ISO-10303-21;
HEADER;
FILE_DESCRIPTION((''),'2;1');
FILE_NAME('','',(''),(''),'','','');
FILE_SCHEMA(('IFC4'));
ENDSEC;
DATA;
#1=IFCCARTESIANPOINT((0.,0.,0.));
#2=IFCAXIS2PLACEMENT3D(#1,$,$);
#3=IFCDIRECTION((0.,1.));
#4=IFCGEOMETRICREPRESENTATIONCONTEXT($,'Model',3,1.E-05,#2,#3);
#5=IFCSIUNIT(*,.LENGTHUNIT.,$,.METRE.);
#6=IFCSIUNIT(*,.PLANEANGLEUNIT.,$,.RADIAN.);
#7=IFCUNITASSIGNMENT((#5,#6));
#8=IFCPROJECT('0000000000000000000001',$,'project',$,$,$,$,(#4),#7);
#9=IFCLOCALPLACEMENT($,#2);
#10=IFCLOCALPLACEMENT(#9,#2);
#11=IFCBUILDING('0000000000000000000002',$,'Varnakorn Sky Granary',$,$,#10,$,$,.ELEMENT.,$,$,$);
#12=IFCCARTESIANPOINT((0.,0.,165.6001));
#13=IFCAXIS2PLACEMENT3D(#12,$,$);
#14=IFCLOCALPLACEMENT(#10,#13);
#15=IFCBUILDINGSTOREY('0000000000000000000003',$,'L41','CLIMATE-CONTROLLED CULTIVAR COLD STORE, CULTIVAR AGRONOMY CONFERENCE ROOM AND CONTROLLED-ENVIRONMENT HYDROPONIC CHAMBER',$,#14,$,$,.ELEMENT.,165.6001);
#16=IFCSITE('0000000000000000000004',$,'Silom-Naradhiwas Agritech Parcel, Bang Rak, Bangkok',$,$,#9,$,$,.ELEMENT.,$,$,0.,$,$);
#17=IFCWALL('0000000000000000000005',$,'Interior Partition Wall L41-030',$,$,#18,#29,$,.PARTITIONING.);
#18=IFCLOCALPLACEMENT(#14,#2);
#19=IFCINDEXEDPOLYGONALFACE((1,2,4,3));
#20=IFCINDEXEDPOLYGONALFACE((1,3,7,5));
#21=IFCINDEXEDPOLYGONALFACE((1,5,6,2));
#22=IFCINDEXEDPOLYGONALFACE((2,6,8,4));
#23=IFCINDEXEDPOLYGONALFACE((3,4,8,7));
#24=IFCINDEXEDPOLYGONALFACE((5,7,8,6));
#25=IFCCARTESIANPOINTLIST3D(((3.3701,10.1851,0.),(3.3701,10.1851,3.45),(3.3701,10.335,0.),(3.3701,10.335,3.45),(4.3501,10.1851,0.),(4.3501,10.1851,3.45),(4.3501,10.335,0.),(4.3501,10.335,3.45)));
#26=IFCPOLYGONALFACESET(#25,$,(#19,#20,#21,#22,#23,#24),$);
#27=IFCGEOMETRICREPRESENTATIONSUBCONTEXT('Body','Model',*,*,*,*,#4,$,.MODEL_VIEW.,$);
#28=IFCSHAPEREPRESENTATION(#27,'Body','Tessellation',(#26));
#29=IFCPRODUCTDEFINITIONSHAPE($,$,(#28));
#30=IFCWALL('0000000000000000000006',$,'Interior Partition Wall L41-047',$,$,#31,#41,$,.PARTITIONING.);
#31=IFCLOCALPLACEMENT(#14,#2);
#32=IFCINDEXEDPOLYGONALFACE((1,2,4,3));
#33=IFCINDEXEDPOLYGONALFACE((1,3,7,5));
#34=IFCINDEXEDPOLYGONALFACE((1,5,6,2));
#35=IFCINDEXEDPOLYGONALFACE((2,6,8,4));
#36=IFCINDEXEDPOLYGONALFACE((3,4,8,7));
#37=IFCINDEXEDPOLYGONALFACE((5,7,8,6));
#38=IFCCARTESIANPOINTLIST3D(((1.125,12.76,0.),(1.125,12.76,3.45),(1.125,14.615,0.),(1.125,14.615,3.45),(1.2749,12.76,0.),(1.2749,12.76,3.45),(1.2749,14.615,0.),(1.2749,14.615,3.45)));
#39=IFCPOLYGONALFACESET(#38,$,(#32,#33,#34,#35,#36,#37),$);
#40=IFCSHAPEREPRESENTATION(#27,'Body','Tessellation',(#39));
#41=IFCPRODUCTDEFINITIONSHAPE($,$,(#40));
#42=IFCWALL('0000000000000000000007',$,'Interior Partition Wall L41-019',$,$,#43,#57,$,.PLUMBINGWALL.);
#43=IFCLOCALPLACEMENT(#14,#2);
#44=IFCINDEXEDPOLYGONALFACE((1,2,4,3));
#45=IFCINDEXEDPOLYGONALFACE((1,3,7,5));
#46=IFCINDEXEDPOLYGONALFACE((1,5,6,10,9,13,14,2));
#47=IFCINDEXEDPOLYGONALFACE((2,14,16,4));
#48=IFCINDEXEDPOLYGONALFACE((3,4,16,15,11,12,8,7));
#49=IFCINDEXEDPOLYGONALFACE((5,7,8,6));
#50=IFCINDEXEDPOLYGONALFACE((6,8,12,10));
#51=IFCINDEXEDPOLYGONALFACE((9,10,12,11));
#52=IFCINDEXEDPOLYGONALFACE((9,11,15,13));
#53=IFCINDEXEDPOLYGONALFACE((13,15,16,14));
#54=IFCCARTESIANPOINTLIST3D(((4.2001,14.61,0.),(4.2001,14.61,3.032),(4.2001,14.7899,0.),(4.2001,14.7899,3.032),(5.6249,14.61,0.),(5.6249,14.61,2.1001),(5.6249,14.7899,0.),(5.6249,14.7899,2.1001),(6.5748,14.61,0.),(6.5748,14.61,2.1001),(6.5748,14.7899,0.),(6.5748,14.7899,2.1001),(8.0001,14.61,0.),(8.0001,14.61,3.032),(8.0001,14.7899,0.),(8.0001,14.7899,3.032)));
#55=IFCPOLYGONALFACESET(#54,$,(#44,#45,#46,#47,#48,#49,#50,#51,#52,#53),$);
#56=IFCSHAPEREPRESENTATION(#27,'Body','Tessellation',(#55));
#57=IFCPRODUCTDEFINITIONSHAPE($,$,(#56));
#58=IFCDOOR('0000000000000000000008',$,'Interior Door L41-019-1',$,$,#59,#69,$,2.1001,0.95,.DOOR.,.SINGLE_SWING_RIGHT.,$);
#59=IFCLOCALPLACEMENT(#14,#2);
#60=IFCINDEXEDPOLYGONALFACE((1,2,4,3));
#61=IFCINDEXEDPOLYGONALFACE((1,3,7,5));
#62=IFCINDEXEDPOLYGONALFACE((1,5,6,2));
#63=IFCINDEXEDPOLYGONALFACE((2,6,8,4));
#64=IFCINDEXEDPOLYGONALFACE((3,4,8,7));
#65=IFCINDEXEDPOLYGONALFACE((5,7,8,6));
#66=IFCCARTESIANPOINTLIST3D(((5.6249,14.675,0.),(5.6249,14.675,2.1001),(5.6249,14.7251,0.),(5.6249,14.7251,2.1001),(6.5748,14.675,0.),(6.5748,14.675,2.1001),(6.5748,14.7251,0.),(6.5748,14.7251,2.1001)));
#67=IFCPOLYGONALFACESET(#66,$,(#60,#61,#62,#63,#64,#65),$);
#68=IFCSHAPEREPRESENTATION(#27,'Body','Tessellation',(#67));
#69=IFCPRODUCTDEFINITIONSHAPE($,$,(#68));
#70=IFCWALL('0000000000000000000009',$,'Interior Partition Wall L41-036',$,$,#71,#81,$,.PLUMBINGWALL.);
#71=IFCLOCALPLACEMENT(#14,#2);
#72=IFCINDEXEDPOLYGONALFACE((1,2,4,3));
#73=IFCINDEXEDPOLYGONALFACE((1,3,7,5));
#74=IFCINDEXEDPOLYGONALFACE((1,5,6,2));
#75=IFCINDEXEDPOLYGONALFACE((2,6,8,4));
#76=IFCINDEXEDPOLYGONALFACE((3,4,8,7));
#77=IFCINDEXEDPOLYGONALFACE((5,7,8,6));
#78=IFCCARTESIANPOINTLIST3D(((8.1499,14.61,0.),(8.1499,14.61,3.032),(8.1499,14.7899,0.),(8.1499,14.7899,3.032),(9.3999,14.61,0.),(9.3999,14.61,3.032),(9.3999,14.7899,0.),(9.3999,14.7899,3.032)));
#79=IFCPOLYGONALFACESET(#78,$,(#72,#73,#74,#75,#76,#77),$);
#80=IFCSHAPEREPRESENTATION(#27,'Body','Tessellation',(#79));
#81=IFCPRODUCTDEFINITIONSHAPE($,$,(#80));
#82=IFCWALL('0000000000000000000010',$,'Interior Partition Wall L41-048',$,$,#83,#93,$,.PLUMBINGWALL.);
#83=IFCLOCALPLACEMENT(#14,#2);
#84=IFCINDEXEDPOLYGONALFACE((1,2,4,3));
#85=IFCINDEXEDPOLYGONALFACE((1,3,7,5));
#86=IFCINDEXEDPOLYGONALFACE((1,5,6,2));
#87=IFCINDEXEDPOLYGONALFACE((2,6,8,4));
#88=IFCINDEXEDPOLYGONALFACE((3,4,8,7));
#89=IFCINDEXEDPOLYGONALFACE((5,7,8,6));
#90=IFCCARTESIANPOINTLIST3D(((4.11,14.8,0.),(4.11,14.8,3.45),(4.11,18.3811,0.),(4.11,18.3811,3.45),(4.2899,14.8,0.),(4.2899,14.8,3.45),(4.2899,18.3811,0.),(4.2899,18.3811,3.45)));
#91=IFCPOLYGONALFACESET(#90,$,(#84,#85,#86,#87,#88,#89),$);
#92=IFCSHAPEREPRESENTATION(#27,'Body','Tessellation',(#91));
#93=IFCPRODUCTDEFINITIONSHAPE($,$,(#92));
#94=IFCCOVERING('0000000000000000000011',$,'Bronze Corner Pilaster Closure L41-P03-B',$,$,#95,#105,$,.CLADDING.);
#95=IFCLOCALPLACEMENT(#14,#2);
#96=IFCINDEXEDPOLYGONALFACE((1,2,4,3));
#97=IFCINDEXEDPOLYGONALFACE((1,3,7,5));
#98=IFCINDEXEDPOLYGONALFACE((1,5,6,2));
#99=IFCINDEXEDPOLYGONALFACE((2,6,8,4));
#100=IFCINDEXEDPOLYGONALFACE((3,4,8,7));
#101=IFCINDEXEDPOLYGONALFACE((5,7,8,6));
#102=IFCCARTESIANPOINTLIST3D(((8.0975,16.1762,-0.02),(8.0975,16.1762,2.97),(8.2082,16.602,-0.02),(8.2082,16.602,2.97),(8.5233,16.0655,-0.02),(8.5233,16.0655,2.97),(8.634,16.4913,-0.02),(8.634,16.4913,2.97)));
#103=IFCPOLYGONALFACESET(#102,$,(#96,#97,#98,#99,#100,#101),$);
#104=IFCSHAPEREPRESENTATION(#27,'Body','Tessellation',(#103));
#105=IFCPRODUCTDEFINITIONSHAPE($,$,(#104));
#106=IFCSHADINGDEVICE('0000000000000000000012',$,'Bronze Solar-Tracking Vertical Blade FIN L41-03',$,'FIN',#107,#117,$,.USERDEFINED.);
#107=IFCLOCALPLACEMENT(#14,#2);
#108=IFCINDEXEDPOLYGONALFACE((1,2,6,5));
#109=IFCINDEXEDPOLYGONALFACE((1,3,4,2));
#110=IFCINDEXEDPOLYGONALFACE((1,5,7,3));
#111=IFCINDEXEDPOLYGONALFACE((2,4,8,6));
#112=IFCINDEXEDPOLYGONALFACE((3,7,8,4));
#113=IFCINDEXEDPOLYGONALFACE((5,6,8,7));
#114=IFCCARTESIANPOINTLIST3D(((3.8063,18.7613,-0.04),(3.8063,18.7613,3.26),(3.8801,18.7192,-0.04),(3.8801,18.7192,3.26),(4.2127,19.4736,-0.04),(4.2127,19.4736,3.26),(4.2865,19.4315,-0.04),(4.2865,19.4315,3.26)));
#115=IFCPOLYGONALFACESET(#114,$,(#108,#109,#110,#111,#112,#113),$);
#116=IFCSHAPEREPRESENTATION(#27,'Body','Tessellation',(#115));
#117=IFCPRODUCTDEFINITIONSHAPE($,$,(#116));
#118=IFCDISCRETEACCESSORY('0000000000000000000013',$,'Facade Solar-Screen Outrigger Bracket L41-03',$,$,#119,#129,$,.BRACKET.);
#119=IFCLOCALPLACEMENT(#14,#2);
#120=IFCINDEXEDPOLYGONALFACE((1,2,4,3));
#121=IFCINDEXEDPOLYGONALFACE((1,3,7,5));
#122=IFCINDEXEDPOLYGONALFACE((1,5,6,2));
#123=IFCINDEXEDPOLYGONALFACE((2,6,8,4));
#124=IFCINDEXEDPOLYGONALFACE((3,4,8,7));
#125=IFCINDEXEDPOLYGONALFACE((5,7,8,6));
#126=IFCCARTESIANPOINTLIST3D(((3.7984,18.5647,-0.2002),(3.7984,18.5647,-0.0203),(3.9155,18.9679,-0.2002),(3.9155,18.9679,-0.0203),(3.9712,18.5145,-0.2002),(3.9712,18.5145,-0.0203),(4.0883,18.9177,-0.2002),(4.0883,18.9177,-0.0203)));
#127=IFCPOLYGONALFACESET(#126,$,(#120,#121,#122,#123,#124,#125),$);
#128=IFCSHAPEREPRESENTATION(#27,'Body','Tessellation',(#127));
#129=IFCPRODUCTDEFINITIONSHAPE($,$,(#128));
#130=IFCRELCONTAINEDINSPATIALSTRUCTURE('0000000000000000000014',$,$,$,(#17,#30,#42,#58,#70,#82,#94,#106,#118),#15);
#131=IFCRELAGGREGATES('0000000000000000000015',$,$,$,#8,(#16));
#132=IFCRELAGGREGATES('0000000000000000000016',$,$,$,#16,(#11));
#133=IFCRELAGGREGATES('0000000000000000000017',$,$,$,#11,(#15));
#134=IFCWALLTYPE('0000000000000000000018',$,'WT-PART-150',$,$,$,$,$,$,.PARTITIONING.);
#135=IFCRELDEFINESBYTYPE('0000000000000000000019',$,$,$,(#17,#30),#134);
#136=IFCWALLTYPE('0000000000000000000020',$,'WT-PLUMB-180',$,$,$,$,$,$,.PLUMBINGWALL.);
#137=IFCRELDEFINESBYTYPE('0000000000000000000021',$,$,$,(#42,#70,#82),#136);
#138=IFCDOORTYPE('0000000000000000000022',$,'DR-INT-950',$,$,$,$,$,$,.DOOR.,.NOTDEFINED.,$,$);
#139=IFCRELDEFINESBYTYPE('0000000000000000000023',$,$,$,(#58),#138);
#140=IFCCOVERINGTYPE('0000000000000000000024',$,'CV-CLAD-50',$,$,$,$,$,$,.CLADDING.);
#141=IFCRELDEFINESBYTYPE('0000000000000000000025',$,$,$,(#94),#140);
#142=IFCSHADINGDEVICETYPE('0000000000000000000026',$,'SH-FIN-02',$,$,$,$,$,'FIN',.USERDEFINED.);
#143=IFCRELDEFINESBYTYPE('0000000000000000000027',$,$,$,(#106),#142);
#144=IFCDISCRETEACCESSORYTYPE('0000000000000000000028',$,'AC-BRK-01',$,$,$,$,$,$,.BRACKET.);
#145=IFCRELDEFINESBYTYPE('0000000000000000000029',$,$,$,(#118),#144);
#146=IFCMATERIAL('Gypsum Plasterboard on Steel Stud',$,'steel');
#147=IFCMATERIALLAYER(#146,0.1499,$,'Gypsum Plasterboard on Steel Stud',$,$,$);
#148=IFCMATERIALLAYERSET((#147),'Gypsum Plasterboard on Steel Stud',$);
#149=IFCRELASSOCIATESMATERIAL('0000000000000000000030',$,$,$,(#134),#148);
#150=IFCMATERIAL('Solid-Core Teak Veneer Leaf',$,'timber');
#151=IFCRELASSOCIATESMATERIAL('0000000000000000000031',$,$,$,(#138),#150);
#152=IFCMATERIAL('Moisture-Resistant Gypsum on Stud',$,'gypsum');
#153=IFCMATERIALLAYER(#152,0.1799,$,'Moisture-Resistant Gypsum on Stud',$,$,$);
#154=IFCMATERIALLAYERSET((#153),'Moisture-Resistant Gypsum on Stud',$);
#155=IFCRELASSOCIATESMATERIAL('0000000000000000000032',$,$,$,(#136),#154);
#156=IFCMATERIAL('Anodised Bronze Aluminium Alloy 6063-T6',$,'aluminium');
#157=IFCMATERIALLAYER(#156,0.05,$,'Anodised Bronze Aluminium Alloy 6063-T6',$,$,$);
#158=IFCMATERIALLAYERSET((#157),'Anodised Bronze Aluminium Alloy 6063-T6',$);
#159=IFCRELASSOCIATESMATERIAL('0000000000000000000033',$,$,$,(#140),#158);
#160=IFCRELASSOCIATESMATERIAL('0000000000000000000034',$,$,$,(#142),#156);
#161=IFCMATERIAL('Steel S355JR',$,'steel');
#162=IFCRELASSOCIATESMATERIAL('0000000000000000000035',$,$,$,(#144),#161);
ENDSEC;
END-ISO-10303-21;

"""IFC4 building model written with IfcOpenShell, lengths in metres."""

from ifc_helpers import new_model, si_unit, direction, frame, frame_2d, origin, origin_2d, place, context, subcontext, project, spatial, rectangle, extrude, source, transform, mapped, material, layer, layer_set, type_object, type_shapes, element, fill, save


model = new_model("IFC4")

# Units and contexts
model_context = context("Model", 3, precision=1e-05, world=origin(), true_north=direction((0.0, 1.0)))
body_context = subcontext(model_context, "Body", "Model", "MODEL_VIEW")
ifc_project = project(units=[si_unit("LENGTHUNIT", "METRE"), si_unit("PLANEANGLEUNIT", "RADIAN")], contexts=[model_context])

# Site, building, storey
site_placement = place(None, origin())
site = spatial("IfcSite", under=ifc_project, at=site_placement, Name="Silom-Naradhiwas Agritech Parcel, Bang Rak, Bangkok", CompositionType="ELEMENT", RefElevation=0.0)
building_placement = place(site_placement, origin())
building = spatial("IfcBuilding", under=site, at=building_placement, Name="Varnakorn Sky Granary", CompositionType="ELEMENT")
storey_placement = place(building_placement, frame((0.0, 0.0, 165.6001)))
storey = spatial("IfcBuildingStorey", under=building, at=storey_placement, Name="L41", Description="CLIMATE-CONTROLLED CULTIVAR COLD STORE, CULTIVAR AGRONOMY CONFERENCE ROOM AND CONTROLLED-ENVIRONMENT HYDROPONIC CHAMBER", CompositionType="ELEMENT", Elevation=165.6001)

# Shared definitions
ifc_material_1 = material(Name="Steel S355JR", Category="steel")

# Shared definitions
ifc_material_2 = material(Name="Anodised Bronze Aluminium Alloy 6063-T6", Category="aluminium")

# Shared definitions
ifc_material_3 = material(Name="Gypsum Plasterboard on Steel Stud", Category="steel")
ifc_layer_1 = layer(ifc_material_3, 0.1499, Name="Gypsum Plasterboard on Steel Stud")
ifc_layer_set_1 = layer_set([ifc_layer_1], Name="Gypsum Plasterboard on Steel Stud")
wall_type_1 = type_object("IfcWallType", Name="WT-PART-150", PredefinedType="PARTITIONING", material=ifc_layer_set_1)
ifc_material_4 = material(Name="Solid-Core Teak Veneer Leaf", Category="timber")
door_type = type_object("IfcDoorType", Name="DR-INT-950", OperationType="NOTDEFINED", PredefinedType="DOOR", material=ifc_material_4)

# Walls
wall_1_placement = place(storey_placement, frame((3.3701, 10.26, 0.0), z_axis=(0.0, 0.0, 1.0), x_axis=(1.0, 0.0, 0.0)))
element("IfcWall", 1, at=wall_1_placement, inside=storey, type_object=wall_type_1, Name="Interior Partition Wall L41-030", PredefinedType="PARTITIONING", context=body_context, shape_type="SweptSolid", body=[
    extrude(rectangle(XDim=0.98, YDim=0.1499, at=frame_2d((0.49, 0.0))), origin(), (0.0, 0.0, 1.0), 3.45),
])
wall_2_placement = place(storey_placement, frame((1.2, 14.615, 0.0), z_axis=(0.0, 0.0, 1.0), x_axis=(0.0, -1.0, 0.0)))
element("IfcWall", 2, at=wall_2_placement, inside=storey, type_object=wall_type_1, Name="Interior Partition Wall L41-047", PredefinedType="PARTITIONING", context=body_context, shape_type="SweptSolid", body=[
    extrude(rectangle(XDim=1.855, YDim=0.1499, at=frame_2d((0.9275, 0.0))), origin(), (0.0, 0.0, 1.0), 3.45),
])

# Wall, opening, door
ifc_material_5 = material(Name="Moisture-Resistant Gypsum on Stud", Category="gypsum")
ifc_layer_2 = layer(ifc_material_5, 0.1799, Name="Moisture-Resistant Gypsum on Stud")
ifc_layer_set_2 = layer_set([ifc_layer_2], Name="Moisture-Resistant Gypsum on Stud")
wall_type_2 = type_object("IfcWallType", Name="WT-PLUMB-180", PredefinedType="PLUMBINGWALL", material=ifc_layer_set_2)
wall_3_placement = place(storey_placement, frame((8.0, 14.7, 0.0), z_axis=(0.0, 0.0, 1.0), x_axis=(-1.0, 0.0, 0.0)))
wall_3 = element("IfcWall", 3, at=wall_3_placement, inside=storey, type_object=wall_type_2, Name="Interior Partition Wall L41-019", PredefinedType="PLUMBINGWALL", context=body_context, shape_type="SweptSolid", body=[
    extrude(rectangle(XDim=3.8, YDim=0.1799, at=frame_2d((1.8999, 0.0))), origin(), (0.0, 0.0, 1.0), 3.032),
])
opening_1_placement = place(wall_3_placement, frame((1.425, 0.0, 0.0)))
opening_1 = element("IfcOpeningElement", 4, at=opening_1_placement, cuts=wall_3, PredefinedType="OPENING", context=body_context, shape_type="SweptSolid", body=[
    extrude(rectangle(XDim=0.95, YDim=2.1001, at=frame_2d((0.4751, 1.05))), frame((0.0, 0.1001, 0.0), z_axis=(0.0, -1.0, 0.0), x_axis=(1.0, 0.0, 0.0)), (0.0, 0.0, 1.0), 0.2),
])
door_1_placement = place(opening_1_placement, origin())
door_1 = element("IfcDoor", 5, at=door_1_placement, inside=storey, type_object=door_type, Name="Interior Door L41-019-1", OperationType="SINGLE_SWING_RIGHT", OverallHeight=2.1001, OverallWidth=0.95, PredefinedType="DOOR", context=body_context, shape_type="SweptSolid", body=[
    extrude(rectangle(XDim=0.95, YDim=2.1001, at=frame_2d((0.4751, 1.05))), frame((0.0, 0.0249, 0.0), z_axis=(0.0, -1.0, 0.0), x_axis=(1.0, 0.0, 0.0)), (0.0, 0.0, 1.0), 0.05),
])
fill(opening_1, door_1)

# Walls
wall_4_placement = place(storey_placement, frame((9.3999, 14.7, 0.0), z_axis=(0.0, 0.0, 1.0), x_axis=(-1.0, 0.0, 0.0)))
element("IfcWall", 6, at=wall_4_placement, inside=storey, type_object=wall_type_2, Name="Interior Partition Wall L41-036", PredefinedType="PLUMBINGWALL", context=body_context, shape_type="SweptSolid", body=[
    extrude(rectangle(XDim=1.25, YDim=0.1799, at=frame_2d((0.625, 0.0))), origin(), (0.0, 0.0, 1.0), 3.032),
])
wall_5_placement = place(storey_placement, frame((4.2, 18.3811, 0.0), z_axis=(0.0, 0.0, 1.0), x_axis=(0.0, -1.0, 0.0)))
element("IfcWall", 7, at=wall_5_placement, inside=storey, type_object=wall_type_2, Name="Interior Partition Wall L41-048", PredefinedType="PLUMBINGWALL", context=body_context, shape_type="SweptSolid", body=[
    extrude(rectangle(XDim=3.5811, YDim=0.1799, at=frame_2d((1.7905, 0.0))), origin(), (0.0, 0.0, 1.0), 3.45),
])

# Covering
ifc_layer_3 = layer(ifc_material_2, 0.05, Name="Anodised Bronze Aluminium Alloy 6063-T6")
ifc_layer_set_3 = layer_set([ifc_layer_3], Name="Anodised Bronze Aluminium Alloy 6063-T6")
covering_type = type_object("IfcCoveringType", Name="CV-CLAD-50", PredefinedType="CLADDING", material=ifc_layer_set_3)
shared_shape_1 = source(origin(), body_context, "Body", "SweptSolid", [
    extrude(rectangle(XDim=0.4399, YDim=0.4399, at=origin_2d()), origin(), (0.0, 0.0, 1.0), 2.99),
])
type_shapes(covering_type, [shared_shape_1])
covering_placement = place(storey_placement, frame((8.3657, 16.3337, -0.02), z_axis=(0.0, 0.0, 1.0), x_axis=(0.967841, -0.251563, 0.0)))
element("IfcCovering", 8, at=covering_placement, inside=storey, type_object=covering_type, Name="Bronze Corner Pilaster Closure L41-P03-B", PredefinedType="CLADDING", context=body_context, shape_type="MappedRepresentation", body=[
    mapped(shared_shape_1, transform((0.0, 0.0, 0.0), x_axis=(1.0, 0.0, 0.0), y_axis=(0.0, 1.0, 0.0), z_axis=(0.0, 0.0, 1.0), scale=1.0)),
])

# Shading device
shading_device_type = type_object("IfcShadingDeviceType", Name="SH-FIN-02", ElementType="FIN", PredefinedType="USERDEFINED", material=ifc_material_2)
shared_shape_2 = source(origin(), body_context, "Body", "SweptSolid", [
    extrude(rectangle(XDim=0.085, YDim=0.8201, at=origin_2d()), origin(), (0.0, 0.0, 1.0), 3.3),
])
type_shapes(shading_device_type, [shared_shape_2])
shading_device_placement = place(storey_placement, frame((4.0464, 19.0964, -0.04), z_axis=(0.0, 0.0, 1.0), x_axis=(-0.868578, 0.495553, 0.0)))
element("IfcShadingDevice", 9, at=shading_device_placement, inside=storey, type_object=shading_device_type, Name="Bronze Solar-Tracking Vertical Blade FIN L41-03", ObjectType="FIN", PredefinedType="USERDEFINED", context=body_context, shape_type="MappedRepresentation", body=[
    mapped(shared_shape_2, transform((0.0, 0.0, 0.0), x_axis=(1.0, 0.0, 0.0), y_axis=(0.0, 1.0, 0.0), z_axis=(0.0, 0.0, 1.0), scale=1.0)),
])

# Discrete accessory
discrete_accessory_type = type_object("IfcDiscreteAccessoryType", Name="AC-BRK-01", PredefinedType="BRACKET", material=ifc_material_1)
shared_shape_3 = source(origin(), body_context, "Body", "SweptSolid", [
    extrude(rectangle(XDim=0.1799, YDim=0.4199, at=origin_2d()), origin(), (0.0, 0.0, 1.0), 0.1799),
])
type_shapes(discrete_accessory_type, [shared_shape_3])
discrete_accessory_placement = place(storey_placement, frame((3.9434, 18.7412, -0.2002), z_axis=(0.0, 0.0, 1.0), x_axis=(-0.960315, 0.278919, 0.0)))
element("IfcDiscreteAccessory", 10, at=discrete_accessory_placement, inside=storey, type_object=discrete_accessory_type, Name="Facade Solar-Screen Outrigger Bracket L41-03", PredefinedType="BRACKET", context=body_context, shape_type="MappedRepresentation", body=[
    mapped(shared_shape_3, transform((0.0, 0.0, 0.0), x_axis=(1.0, 0.0, 0.0), y_axis=(0.0, 1.0, 0.0), z_axis=(0.0, 0.0, 1.0), scale=1.0)),
])

save(model, "model.ifc")
